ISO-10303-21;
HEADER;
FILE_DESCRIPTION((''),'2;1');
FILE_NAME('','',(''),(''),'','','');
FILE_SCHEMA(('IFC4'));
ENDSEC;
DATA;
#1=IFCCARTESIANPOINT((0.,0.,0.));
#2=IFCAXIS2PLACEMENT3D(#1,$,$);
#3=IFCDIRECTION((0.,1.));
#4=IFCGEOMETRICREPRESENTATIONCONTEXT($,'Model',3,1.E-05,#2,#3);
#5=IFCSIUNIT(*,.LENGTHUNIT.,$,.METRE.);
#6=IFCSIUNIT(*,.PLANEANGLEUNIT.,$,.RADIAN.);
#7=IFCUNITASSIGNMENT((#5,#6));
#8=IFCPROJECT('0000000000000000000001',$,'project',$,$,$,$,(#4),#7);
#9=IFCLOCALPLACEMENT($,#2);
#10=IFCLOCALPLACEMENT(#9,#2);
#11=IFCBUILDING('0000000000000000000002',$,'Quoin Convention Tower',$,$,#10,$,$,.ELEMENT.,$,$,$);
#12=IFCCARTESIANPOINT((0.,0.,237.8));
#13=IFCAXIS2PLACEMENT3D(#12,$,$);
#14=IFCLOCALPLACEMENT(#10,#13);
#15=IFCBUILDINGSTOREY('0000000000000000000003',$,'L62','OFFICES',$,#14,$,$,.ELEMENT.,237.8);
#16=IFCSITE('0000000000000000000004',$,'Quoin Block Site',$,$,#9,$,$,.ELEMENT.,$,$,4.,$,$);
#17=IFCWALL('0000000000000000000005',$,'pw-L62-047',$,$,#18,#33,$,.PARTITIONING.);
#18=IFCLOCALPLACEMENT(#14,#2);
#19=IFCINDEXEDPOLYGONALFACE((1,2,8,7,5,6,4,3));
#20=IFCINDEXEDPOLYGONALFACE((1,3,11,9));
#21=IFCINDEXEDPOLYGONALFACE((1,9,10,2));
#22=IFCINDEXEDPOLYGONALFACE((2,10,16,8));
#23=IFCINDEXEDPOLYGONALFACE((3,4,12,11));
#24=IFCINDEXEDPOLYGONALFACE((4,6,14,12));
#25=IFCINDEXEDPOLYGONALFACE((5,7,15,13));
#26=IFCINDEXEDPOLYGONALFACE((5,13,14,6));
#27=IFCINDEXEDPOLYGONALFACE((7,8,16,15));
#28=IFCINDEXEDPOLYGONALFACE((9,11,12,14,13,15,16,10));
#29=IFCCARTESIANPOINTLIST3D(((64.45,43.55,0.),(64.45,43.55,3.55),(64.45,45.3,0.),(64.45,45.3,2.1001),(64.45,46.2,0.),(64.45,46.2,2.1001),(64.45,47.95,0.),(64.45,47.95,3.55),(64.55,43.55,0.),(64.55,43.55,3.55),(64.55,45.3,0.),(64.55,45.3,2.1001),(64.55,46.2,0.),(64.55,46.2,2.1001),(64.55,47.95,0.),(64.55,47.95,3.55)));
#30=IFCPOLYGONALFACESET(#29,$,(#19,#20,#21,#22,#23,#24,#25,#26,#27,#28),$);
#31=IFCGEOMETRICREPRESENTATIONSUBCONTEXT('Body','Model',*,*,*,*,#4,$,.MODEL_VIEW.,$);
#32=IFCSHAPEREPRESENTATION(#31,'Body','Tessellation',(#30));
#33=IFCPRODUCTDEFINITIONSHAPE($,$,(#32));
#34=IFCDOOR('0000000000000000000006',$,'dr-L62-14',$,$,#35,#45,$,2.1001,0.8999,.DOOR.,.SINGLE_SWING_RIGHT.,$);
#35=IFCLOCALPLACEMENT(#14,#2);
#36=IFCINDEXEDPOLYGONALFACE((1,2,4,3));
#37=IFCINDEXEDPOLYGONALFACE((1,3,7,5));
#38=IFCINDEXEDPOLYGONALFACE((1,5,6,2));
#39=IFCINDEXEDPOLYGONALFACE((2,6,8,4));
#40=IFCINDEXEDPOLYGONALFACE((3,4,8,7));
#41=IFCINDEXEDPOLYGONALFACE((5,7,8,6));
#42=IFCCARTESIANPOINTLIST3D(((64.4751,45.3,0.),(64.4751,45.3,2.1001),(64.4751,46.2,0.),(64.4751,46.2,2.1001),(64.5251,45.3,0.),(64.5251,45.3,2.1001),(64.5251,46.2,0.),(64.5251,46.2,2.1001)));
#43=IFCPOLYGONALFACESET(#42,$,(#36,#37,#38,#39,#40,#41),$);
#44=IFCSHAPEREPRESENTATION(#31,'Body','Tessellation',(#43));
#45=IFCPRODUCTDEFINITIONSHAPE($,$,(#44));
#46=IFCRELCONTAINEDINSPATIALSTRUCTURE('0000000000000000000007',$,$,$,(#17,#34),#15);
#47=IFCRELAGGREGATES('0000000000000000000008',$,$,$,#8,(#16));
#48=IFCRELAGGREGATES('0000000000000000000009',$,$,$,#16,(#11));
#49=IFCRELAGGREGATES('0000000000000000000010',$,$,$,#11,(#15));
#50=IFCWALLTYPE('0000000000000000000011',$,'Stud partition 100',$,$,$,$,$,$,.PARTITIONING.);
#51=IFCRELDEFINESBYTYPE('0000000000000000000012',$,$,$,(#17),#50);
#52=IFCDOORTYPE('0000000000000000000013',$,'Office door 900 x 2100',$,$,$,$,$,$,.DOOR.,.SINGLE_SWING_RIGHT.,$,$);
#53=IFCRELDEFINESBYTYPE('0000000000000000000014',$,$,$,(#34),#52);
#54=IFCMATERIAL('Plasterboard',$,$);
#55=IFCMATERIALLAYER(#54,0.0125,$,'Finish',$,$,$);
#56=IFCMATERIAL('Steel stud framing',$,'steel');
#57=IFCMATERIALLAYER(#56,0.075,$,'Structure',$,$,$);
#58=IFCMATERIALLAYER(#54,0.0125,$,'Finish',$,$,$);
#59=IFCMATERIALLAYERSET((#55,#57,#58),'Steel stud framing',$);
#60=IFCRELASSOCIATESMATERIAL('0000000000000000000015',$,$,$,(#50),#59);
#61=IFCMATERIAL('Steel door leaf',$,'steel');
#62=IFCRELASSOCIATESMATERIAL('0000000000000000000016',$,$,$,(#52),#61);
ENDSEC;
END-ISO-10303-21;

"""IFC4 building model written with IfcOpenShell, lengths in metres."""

from ifc_helpers import new_model, si_unit, direction, frame, frame_2d, origin, place, context, subcontext, project, spatial, rectangle, extrude, material, layer, layer_set, type_object, element, fill, save


model = new_model("IFC4")

# Units and contexts
model_context = context("Model", 3, precision=1e-05, world=origin(), true_north=direction((0.0, 1.0)))
body_context = subcontext(model_context, "Body", "Model", "MODEL_VIEW")
ifc_project = project(units=[si_unit("LENGTHUNIT", "METRE"), si_unit("PLANEANGLEUNIT", "RADIAN")], contexts=[model_context])

# Site, building, storey
site_placement = place(None, origin())
site = spatial("IfcSite", under=ifc_project, at=site_placement, Name="Quoin Block Site", CompositionType="ELEMENT", RefElevation=4.0)
building_placement = place(site_placement, origin())
building = spatial("IfcBuilding", under=site, at=building_placement, Name="Quoin Convention Tower", CompositionType="ELEMENT")
storey_placement = place(building_placement, frame((0.0, 0.0, 237.8)))
storey = spatial("IfcBuildingStorey", under=building, at=storey_placement, Name="L62", Description="OFFICES", CompositionType="ELEMENT", Elevation=237.8)

# Shared definitions
ifc_material_1 = material(Name="Plasterboard")
ifc_material_2 = material(Name="Steel stud framing", Category="steel")

# Shared definitions
ifc_material_3 = material(Name="Steel door leaf", Category="steel")

# Shared definitions
ifc_layer_1 = layer(ifc_material_1, 0.0125, Name="Finish")
ifc_layer_2 = layer(ifc_material_2, 0.075, Name="Structure")
ifc_layer_3 = layer(ifc_material_1, 0.0125, Name="Finish")
ifc_layer_set_1 = layer_set([ifc_layer_1, ifc_layer_2, ifc_layer_3], Name="Steel stud framing")
wall_type_1 = type_object("IfcWallType", Name="Stud partition 100", PredefinedType="PARTITIONING", material=ifc_layer_set_1)

# Wall, opening, door
door_type_1 = type_object("IfcDoorType", Name="Office door 900 x 2100", OperationType="SINGLE_SWING_RIGHT", PredefinedType="DOOR", material=ifc_material_3)
wall_1_placement = place(storey_placement, frame((64.5, 43.55, 0.0), z_axis=(0.0, 0.0, 1.0), x_axis=(0.0, 1.0, 0.0)))
wall_1 = element("IfcWall", 1, at=wall_1_placement, inside=storey, type_object=wall_type_1, Name="pw-L62-047", PredefinedType="PARTITIONING", context=body_context, shape_type="SweptSolid", body=[
    extrude(rectangle(XDim=4.3999, YDim=0.1001, at=frame_2d((2.2, 0.0))), origin(), (0.0, 0.0, 1.0), 3.55),
])
opening_1_placement = place(wall_1_placement, frame((1.75, 0.0, 0.0)))
opening_1 = element("IfcOpeningElement", 2, at=opening_1_placement, cuts=wall_1, PredefinedType="OPENING", context=body_context, shape_type="SweptSolid", body=[
    extrude(rectangle(XDim=0.8999, YDim=2.1001, at=frame_2d((0.45, 1.05))), frame((0.0, 0.0601, 0.0), z_axis=(0.0, -1.0, 0.0), x_axis=(1.0, 0.0, 0.0)), (0.0, 0.0, 1.0), 0.1201),
])
door_1_placement = place(opening_1_placement, origin())
door_1 = element("IfcDoor", 3, at=door_1_placement, inside=storey, type_object=door_type_1, Name="dr-L62-14", OperationType="SINGLE_SWING_RIGHT", OverallHeight=2.1001, OverallWidth=0.8999, PredefinedType="DOOR", context=body_context, shape_type="SweptSolid", body=[
    extrude(rectangle(XDim=0.8999, YDim=2.1001, at=frame_2d((0.45, 1.05))), frame((0.0, 0.0249, 0.0), z_axis=(0.0, -1.0, 0.0), x_axis=(1.0, 0.0, 0.0)), (0.0, 0.0, 1.0), 0.05),
])
fill(opening_1, door_1)

save(model, "model.ifc")
